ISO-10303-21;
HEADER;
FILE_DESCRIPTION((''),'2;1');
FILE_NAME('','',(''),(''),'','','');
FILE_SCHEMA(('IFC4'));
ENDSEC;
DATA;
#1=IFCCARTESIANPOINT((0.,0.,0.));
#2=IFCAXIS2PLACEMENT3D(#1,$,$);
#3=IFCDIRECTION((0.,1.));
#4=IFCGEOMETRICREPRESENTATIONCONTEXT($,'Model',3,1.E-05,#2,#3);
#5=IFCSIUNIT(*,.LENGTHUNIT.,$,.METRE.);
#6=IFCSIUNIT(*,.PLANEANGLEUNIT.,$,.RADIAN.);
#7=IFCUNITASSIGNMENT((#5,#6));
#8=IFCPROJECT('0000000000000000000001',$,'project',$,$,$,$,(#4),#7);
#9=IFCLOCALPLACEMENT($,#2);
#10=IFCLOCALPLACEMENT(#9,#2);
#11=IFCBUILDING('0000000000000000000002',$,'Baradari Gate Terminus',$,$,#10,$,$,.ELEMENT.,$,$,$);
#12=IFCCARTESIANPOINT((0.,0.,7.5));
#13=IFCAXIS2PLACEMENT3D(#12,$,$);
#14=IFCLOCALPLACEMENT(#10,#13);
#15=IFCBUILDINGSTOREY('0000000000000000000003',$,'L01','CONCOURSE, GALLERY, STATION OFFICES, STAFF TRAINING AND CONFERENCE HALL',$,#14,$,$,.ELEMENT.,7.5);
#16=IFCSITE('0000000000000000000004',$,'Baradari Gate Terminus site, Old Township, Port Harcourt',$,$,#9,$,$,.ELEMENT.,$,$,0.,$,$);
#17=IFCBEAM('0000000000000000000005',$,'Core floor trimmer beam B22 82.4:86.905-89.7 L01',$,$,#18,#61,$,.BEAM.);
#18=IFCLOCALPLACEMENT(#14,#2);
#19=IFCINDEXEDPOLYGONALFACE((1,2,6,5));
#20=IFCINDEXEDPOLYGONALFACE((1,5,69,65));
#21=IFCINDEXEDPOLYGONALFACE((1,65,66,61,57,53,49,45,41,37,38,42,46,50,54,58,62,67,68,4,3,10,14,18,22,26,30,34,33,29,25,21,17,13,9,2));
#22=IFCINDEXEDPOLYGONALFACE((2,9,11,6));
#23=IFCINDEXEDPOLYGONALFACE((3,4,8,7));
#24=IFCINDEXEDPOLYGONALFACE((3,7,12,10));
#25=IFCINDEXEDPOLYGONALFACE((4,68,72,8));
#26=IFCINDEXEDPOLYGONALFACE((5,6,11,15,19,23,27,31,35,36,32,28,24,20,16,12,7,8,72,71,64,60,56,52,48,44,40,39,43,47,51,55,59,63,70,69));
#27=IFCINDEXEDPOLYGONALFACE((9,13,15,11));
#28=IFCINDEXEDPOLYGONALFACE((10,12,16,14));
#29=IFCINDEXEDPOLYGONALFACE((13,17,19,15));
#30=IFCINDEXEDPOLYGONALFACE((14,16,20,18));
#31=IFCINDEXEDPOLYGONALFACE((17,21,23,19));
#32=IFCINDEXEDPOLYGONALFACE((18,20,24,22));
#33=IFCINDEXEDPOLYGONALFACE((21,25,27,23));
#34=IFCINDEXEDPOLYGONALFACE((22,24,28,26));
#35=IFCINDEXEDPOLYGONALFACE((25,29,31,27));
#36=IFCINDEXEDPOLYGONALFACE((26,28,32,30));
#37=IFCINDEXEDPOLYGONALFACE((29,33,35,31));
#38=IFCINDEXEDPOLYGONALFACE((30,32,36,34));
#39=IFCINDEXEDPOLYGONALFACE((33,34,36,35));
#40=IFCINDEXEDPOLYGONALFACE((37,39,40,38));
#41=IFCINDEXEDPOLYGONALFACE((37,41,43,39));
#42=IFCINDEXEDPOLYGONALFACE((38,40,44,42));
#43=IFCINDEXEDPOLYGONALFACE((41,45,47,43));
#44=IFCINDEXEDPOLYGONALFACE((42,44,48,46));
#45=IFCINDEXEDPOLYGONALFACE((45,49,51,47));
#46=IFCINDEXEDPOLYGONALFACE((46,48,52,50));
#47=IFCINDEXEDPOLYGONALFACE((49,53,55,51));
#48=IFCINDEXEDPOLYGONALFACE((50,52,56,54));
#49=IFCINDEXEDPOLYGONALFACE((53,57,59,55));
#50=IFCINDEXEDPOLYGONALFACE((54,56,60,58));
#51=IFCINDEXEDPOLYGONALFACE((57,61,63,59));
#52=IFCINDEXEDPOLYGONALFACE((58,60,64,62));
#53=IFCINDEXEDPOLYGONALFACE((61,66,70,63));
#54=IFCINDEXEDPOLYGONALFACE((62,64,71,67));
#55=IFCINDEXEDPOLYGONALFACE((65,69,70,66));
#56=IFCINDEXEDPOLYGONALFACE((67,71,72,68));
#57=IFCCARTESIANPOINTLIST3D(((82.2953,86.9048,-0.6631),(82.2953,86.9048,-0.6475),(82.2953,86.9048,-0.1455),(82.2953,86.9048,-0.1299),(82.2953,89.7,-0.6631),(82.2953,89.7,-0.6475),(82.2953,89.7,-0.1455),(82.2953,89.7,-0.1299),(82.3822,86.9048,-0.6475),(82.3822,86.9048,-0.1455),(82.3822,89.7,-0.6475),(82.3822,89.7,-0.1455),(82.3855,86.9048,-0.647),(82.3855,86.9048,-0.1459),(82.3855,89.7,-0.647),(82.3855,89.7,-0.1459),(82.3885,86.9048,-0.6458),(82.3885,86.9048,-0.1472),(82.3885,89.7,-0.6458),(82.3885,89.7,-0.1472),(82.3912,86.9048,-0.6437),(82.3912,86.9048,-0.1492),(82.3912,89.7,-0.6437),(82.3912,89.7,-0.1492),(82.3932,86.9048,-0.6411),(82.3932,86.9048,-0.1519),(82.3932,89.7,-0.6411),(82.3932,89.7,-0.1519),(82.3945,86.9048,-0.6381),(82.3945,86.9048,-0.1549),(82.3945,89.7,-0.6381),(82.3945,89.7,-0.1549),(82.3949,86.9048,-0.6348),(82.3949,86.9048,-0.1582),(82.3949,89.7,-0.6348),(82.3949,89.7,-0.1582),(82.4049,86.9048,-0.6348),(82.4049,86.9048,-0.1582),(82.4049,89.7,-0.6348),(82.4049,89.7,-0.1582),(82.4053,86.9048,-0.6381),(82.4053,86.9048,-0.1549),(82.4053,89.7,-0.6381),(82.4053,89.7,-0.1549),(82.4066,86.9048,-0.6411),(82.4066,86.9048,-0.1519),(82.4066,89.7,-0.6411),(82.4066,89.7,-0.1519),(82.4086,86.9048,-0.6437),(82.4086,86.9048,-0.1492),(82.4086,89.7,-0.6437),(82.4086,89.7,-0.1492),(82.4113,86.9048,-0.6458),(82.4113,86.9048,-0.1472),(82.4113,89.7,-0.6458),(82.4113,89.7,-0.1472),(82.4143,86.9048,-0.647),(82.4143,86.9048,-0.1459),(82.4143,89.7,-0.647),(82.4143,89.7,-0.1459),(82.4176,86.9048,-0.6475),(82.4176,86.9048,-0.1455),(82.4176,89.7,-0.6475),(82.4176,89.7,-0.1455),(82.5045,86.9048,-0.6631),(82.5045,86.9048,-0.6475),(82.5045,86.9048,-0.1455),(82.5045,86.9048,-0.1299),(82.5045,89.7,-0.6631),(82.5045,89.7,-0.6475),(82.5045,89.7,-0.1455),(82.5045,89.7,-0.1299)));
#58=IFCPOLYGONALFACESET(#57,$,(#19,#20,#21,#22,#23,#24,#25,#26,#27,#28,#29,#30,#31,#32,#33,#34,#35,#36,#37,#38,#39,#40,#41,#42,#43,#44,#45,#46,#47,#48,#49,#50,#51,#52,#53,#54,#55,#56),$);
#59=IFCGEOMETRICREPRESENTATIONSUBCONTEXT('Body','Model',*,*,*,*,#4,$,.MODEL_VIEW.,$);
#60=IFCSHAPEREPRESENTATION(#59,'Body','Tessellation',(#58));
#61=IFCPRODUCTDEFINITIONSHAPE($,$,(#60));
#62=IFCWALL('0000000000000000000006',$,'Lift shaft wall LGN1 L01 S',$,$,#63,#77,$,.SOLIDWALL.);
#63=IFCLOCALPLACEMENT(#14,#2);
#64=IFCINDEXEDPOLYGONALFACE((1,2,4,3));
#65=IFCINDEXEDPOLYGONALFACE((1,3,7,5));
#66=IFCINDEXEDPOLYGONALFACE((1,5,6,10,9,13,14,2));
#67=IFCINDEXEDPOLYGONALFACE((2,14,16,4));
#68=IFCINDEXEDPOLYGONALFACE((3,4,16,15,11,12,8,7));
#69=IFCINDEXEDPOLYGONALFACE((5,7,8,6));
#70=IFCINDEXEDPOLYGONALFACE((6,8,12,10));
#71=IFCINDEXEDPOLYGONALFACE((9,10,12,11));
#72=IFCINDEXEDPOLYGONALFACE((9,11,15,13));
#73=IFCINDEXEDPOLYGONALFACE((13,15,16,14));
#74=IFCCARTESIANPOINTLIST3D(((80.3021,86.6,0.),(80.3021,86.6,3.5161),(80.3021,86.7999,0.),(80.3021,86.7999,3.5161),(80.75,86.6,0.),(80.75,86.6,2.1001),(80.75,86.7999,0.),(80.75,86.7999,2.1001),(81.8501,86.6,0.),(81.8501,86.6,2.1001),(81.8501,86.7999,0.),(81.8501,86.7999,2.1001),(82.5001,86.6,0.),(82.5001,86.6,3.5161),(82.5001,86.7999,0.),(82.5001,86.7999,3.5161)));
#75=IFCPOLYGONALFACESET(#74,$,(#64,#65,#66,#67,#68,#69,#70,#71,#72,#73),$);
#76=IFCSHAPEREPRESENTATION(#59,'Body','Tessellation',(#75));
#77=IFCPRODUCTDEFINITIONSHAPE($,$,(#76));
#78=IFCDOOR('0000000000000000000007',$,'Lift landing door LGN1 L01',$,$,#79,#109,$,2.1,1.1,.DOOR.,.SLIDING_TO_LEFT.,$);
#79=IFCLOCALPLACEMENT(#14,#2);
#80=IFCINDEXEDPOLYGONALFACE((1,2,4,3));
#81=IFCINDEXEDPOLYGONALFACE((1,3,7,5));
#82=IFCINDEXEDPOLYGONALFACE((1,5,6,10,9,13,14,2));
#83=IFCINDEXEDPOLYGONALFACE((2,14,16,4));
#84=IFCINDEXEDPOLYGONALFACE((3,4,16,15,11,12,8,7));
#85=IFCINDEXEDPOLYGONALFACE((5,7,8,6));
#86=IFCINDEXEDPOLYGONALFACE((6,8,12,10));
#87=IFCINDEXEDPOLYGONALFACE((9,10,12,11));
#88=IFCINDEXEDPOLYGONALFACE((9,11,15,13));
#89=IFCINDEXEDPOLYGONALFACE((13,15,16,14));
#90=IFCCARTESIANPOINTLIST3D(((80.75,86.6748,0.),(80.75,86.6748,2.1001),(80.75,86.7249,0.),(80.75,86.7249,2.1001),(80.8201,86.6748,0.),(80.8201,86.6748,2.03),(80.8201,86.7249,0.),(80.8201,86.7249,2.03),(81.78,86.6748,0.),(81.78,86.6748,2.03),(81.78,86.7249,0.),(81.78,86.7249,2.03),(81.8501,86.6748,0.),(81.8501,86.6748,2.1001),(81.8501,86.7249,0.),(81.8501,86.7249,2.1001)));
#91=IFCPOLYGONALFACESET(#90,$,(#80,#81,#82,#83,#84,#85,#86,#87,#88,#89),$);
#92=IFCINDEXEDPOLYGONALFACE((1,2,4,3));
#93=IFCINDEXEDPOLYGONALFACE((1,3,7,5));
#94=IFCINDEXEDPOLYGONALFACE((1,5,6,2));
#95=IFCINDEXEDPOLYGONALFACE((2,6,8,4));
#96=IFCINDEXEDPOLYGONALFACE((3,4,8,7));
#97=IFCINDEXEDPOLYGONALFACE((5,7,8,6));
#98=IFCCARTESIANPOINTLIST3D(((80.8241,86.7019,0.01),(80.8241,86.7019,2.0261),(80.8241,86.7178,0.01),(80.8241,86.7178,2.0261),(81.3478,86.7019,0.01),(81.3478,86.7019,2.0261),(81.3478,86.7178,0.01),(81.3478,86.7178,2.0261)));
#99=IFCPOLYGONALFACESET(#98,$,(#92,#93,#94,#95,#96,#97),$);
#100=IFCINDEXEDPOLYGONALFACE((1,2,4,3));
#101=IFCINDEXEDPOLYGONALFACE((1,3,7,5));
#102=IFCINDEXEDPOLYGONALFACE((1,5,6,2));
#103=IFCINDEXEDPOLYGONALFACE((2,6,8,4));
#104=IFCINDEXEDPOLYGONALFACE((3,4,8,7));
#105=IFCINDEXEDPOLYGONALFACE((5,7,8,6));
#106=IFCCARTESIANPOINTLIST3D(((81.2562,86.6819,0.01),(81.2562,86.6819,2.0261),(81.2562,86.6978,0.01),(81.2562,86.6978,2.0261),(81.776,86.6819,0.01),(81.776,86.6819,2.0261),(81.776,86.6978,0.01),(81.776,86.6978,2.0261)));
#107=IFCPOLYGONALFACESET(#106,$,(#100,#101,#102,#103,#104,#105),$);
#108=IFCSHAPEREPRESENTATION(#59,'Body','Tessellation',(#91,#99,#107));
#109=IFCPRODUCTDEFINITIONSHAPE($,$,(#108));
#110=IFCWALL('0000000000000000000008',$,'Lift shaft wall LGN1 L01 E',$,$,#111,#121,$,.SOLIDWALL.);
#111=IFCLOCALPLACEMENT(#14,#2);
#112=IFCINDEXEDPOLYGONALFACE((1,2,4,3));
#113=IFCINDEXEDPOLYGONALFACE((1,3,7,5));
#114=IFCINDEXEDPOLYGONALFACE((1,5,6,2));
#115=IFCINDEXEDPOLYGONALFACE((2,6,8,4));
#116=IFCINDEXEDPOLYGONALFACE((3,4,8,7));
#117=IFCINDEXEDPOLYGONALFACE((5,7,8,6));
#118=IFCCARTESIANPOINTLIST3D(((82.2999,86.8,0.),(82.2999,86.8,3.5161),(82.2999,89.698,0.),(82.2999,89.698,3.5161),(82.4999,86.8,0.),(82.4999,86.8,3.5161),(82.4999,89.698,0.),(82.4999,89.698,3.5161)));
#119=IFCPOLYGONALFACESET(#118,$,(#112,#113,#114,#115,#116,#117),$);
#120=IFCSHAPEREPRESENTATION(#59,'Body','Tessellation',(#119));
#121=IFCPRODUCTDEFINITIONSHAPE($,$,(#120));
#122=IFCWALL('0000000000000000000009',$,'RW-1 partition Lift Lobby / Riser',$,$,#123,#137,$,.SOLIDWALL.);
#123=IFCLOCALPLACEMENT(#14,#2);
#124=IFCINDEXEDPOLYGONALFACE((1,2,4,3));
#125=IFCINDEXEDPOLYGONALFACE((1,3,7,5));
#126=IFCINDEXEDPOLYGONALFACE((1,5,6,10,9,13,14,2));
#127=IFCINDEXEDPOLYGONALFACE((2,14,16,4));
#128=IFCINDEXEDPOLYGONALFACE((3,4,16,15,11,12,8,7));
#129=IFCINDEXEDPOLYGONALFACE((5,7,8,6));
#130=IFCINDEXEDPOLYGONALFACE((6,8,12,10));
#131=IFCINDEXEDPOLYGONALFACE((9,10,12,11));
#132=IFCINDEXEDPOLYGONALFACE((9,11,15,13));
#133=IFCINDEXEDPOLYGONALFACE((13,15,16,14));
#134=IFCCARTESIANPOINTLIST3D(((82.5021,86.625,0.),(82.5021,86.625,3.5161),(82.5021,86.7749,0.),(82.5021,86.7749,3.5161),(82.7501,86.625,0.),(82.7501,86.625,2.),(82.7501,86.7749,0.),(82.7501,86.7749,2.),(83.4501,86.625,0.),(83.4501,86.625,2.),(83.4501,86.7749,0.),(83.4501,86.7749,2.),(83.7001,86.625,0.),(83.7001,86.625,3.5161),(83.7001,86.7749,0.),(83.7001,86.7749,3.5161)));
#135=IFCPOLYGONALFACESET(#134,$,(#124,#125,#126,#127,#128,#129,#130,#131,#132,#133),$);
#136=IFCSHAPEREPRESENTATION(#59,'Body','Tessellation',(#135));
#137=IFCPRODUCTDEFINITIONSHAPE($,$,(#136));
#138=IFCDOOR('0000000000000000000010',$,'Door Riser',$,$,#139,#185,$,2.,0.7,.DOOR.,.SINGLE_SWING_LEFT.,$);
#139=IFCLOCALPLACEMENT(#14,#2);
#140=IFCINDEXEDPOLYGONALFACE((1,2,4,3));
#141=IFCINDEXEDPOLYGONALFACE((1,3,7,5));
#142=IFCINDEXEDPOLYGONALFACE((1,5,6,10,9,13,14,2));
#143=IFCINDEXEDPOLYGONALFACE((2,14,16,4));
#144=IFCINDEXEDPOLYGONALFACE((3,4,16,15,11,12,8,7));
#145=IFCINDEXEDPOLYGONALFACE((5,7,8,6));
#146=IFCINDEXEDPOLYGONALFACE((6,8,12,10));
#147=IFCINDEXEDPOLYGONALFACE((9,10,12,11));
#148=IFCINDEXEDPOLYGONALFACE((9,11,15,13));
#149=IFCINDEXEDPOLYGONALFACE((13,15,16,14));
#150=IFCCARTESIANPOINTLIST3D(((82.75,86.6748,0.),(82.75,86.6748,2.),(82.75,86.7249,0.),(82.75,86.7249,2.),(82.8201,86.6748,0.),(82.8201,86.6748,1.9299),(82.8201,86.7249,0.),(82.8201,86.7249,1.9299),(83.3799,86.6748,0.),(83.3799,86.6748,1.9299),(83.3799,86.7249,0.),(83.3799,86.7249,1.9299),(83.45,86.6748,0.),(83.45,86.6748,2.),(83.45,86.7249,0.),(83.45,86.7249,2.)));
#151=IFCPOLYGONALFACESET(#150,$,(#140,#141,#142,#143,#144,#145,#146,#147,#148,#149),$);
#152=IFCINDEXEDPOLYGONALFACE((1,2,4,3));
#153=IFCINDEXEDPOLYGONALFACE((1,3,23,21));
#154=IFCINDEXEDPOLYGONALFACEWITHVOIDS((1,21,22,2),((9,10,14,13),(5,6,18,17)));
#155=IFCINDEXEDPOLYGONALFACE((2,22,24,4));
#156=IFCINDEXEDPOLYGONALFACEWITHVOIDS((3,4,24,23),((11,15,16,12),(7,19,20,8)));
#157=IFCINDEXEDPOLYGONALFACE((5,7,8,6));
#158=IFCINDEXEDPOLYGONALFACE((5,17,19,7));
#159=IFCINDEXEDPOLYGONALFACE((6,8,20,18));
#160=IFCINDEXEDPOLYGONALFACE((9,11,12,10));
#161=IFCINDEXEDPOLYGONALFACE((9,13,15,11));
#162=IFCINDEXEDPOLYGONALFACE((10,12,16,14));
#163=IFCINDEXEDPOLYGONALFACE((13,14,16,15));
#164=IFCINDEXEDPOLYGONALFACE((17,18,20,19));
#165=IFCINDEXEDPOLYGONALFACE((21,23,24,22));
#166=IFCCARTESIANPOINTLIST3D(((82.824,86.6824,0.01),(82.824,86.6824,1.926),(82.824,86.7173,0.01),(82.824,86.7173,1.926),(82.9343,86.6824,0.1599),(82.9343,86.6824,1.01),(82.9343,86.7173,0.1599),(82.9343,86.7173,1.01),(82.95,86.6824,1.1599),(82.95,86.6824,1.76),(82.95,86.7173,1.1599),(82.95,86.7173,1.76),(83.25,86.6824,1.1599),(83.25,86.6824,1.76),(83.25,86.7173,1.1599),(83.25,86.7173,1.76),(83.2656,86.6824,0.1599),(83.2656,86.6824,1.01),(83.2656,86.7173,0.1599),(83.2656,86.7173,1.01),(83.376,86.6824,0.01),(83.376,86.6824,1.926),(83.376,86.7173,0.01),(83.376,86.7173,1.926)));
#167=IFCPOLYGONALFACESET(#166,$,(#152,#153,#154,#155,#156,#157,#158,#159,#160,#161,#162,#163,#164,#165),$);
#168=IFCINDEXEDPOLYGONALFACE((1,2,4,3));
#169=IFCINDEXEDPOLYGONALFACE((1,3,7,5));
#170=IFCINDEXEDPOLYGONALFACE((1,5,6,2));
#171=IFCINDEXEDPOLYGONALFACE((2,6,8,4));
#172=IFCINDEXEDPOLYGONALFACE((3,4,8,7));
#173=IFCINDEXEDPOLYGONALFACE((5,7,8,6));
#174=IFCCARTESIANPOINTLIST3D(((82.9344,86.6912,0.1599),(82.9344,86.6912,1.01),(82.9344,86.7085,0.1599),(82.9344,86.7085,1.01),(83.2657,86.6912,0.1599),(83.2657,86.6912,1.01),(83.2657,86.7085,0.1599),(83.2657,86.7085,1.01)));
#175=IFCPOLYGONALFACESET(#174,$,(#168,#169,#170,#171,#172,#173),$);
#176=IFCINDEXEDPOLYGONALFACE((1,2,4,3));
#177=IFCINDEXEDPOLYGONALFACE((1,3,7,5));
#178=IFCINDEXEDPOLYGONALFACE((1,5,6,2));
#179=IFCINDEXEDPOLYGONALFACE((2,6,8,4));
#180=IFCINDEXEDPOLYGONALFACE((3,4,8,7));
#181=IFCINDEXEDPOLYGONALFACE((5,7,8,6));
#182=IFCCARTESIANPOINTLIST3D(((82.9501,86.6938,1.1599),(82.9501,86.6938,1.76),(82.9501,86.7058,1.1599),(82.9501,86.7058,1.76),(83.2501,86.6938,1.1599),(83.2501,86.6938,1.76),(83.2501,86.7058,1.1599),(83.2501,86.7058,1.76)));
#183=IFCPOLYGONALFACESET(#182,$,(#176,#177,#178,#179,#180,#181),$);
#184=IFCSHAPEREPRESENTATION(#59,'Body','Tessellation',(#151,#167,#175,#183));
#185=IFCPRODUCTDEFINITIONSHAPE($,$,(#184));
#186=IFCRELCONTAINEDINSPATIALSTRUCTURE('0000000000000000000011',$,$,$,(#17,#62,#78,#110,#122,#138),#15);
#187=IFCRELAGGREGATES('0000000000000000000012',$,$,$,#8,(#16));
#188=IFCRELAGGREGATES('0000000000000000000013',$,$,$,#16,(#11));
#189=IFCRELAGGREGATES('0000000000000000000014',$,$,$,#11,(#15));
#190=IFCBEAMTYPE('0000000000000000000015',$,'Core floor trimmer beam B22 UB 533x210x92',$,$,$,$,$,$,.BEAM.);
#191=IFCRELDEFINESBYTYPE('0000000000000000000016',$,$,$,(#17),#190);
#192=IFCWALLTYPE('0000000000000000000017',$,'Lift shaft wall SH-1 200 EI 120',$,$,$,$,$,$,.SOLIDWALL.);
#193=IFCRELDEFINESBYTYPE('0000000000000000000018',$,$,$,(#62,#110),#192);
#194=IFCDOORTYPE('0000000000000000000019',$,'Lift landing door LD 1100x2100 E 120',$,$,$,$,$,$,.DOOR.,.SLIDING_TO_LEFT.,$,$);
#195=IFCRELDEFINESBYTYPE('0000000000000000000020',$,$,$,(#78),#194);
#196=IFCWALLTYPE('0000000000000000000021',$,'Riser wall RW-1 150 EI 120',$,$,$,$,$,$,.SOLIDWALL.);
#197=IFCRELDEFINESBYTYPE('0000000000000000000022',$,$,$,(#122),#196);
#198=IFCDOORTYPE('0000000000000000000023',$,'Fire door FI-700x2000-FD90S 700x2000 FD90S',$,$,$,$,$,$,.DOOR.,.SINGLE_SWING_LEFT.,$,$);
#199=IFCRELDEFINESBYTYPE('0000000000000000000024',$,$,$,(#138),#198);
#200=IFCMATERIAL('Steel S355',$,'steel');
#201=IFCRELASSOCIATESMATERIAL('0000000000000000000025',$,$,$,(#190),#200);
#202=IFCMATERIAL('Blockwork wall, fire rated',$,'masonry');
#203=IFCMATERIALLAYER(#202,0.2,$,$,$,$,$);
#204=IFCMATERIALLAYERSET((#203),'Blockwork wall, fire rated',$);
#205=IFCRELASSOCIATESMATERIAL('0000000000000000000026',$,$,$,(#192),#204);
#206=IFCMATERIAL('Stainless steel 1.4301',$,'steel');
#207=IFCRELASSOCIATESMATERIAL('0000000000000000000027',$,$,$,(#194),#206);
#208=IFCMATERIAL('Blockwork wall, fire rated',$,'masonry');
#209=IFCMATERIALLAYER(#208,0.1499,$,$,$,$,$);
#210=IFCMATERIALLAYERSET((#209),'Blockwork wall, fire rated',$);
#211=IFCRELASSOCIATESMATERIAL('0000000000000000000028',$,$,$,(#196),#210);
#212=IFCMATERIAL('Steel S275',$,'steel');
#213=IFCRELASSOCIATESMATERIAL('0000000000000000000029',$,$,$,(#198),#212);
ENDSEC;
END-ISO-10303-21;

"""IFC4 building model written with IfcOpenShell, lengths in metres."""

from ifc_helpers import new_model, si_unit, direction, frame, frame_2d, origin, origin_2d, place, context, subcontext, project, spatial, polyline, rectangle, i_section, outline, extrude, material, layer, layer_set, material_profile, profile_set, type_object, element, fill, save


model = new_model("IFC4")

# Units and contexts
model_context = context("Model", 3, precision=1e-05, world=origin(), true_north=direction((0.0, 1.0)))
body_context = subcontext(model_context, "Body", "Model", "MODEL_VIEW")
ifc_project = project(units=[si_unit("LENGTHUNIT", "METRE"), si_unit("PLANEANGLEUNIT", "RADIAN")], contexts=[model_context])

# Site, building, storey
site_placement = place(None, origin())
site = spatial("IfcSite", under=ifc_project, at=site_placement, Name="Baradari Gate Terminus site, Old Township, Port Harcourt", CompositionType="ELEMENT", RefElevation=0.0)
building_placement = place(site_placement, origin())
building = spatial("IfcBuilding", under=site, at=building_placement, Name="Baradari Gate Terminus", CompositionType="ELEMENT")
storey_placement = place(building_placement, frame((0.0, 0.0, 7.5)))
storey = spatial("IfcBuildingStorey", under=building, at=storey_placement, Name="L01", Description="CONCOURSE, GALLERY, STATION OFFICES, STAFF TRAINING AND CONFERENCE HALL", CompositionType="ELEMENT", Elevation=7.5)

# Beam
ifc_material_1 = material(Name="Steel S355", Category="steel")
ifc_material_profile_1 = material_profile(ifc_material_1, i_section(OverallWidth=0.2092, OverallDepth=0.5332, WebThickness=0.01, FlangeThickness=0.0156, FilletRadius=0.0127, at=origin_2d()), Name="UB 533x210x92")
ifc_profile_set_1 = profile_set([ifc_material_profile_1], Name="Steel S355")
beam_type_1 = type_object("IfcBeamType", Name="Core floor trimmer beam B22 UB 533x210x92", PredefinedType="BEAM", material=ifc_profile_set_1)
beam_1_placement = place(storey_placement, frame((82.3999, 86.9048, -0.3965), z_axis=(0.0, 1.0, 0.0), x_axis=(-1.0, 0.0, 0.0)))
element("IfcBeam", 1, at=beam_1_placement, inside=storey, type_object=beam_type_1, Name="Core floor trimmer beam B22 82.4:86.905-89.7 L01", PredefinedType="BEAM", context=body_context, shape_type="SweptSolid", body=[
    extrude(i_section(OverallWidth=0.2092, OverallDepth=0.5332, WebThickness=0.01, FlangeThickness=0.0156, FilletRadius=0.0127, at=origin_2d()), origin(), (0.0, 0.0, 1.0), 2.7952),
])

# Wall, opening, door
ifc_material_2 = material(Name="Blockwork wall, fire rated", Category="masonry")
ifc_layer_1 = layer(ifc_material_2, 0.2)
ifc_layer_set_1 = layer_set([ifc_layer_1], Name="Blockwork wall, fire rated")
wall_type_1 = type_object("IfcWallType", Name="Lift shaft wall SH-1 200 EI 120", PredefinedType="SOLIDWALL", material=ifc_layer_set_1)
wall_1_placement = place(storey_placement, frame((80.302, 86.7, 0.0), z_axis=(0.0, 0.0, 1.0), x_axis=(1.0, 0.0, 0.0)))
wall_1 = element("IfcWall", 2, at=wall_1_placement, inside=storey, type_object=wall_type_1, Name="Lift shaft wall LGN1 L01 S", PredefinedType="SOLIDWALL", context=body_context, shape_type="SweptSolid", body=[
    extrude(rectangle(XDim=2.198, YDim=0.2, at=frame_2d((1.0991, 0.0))), origin(), (0.0, 0.0, 1.0), 3.5161),
])
opening_1_placement = place(wall_1_placement, frame((0.448, 0.0, 0.0)))
opening_1 = element("IfcOpeningElement", 3, at=opening_1_placement, cuts=wall_1, PredefinedType="OPENING", context=body_context, shape_type="SweptSolid", body=[
    extrude(rectangle(XDim=1.1001, YDim=2.1001, at=frame_2d((0.55, 1.05))), frame((0.0, 0.1099, 0.0), z_axis=(0.0, -1.0, 0.0), x_axis=(1.0, 0.0, 0.0)), (0.0, 0.0, 1.0), 0.22),
])
ifc_material_3 = material(Name="Stainless steel 1.4301", Category="steel")
door_type_1 = type_object("IfcDoorType", Name="Lift landing door LD 1100x2100 E 120", OperationType="SLIDING_TO_LEFT", PredefinedType="DOOR", material=ifc_material_3)
door_1_placement = place(opening_1_placement, origin())
door_1 = element("IfcDoor", 4, at=door_1_placement, inside=storey, type_object=door_type_1, Name="Lift landing door LGN1 L01", OperationType="SLIDING_TO_LEFT", OverallHeight=2.1, OverallWidth=1.1, PredefinedType="DOOR", context=body_context, shape_type="SweptSolid", body=[
    extrude(outline(polyline([(0.0, 0.0), (0.0701, 0.0), (0.0701, 2.03), (1.03, 2.03), (1.03, 0.0), (1.1001, 0.0), (1.1001, 2.1001), (0.0, 2.1001), (0.0, 0.0)])), frame((0.0, 0.0249, 0.0), z_axis=(0.0, -1.0, 0.0), x_axis=(1.0, 0.0, 0.0)), (0.0, 0.0, 1.0), 0.05),
    extrude(rectangle(XDim=0.5237, YDim=2.0161, at=frame_2d((0.3359, 1.0181))), frame((0.0, 0.0178, 0.0), z_axis=(0.0, -1.0, 0.0), x_axis=(1.0, 0.0, 0.0)), (0.0, 0.0, 1.0), 0.0159),
    extrude(rectangle(XDim=0.5198, YDim=2.0161, at=frame_2d((0.7661, 1.0181))), frame((0.0, -0.0022, 0.0), z_axis=(0.0, -1.0, 0.0), x_axis=(1.0, 0.0, 0.0)), (0.0, 0.0, 1.0), 0.0159),
])
fill(opening_1, door_1)

# Wall
wall_2_placement = place(storey_placement, frame((82.3999, 86.8, 0.0), z_axis=(0.0, 0.0, 1.0), x_axis=(0.0, 1.0, 0.0)))
element("IfcWall", 5, at=wall_2_placement, inside=storey, type_object=wall_type_1, Name="Lift shaft wall LGN1 L01 E", PredefinedType="SOLIDWALL", context=body_context, shape_type="SweptSolid", body=[
    extrude(rectangle(XDim=2.8979, YDim=0.2, at=frame_2d((1.449, 0.0))), origin(), (0.0, 0.0, 1.0), 3.5161),
])

# Wall, opening, door
ifc_material_4 = material(Name="Blockwork wall, fire rated", Category="masonry")
ifc_layer_2 = layer(ifc_material_4, 0.1499)
ifc_layer_set_2 = layer_set([ifc_layer_2], Name="Blockwork wall, fire rated")
wall_type_2 = type_object("IfcWallType", Name="Riser wall RW-1 150 EI 120", PredefinedType="SOLIDWALL", material=ifc_layer_set_2)
wall_3_placement = place(storey_placement, frame((82.502, 86.7, 0.0), z_axis=(0.0, 0.0, 1.0), x_axis=(1.0, 0.0, 0.0)))
wall_3 = element("IfcWall", 6, at=wall_3_placement, inside=storey, type_object=wall_type_2, Name="RW-1 partition Lift Lobby / Riser", PredefinedType="SOLIDWALL", context=body_context, shape_type="SweptSolid", body=[
    extrude(rectangle(XDim=1.198, YDim=0.1499, at=frame_2d((0.5991, 0.0))), origin(), (0.0, 0.0, 1.0), 3.5161),
])
opening_2_placement = place(wall_3_placement, frame((0.248, 0.0, 0.0)))
opening_2 = element("IfcOpeningElement", 7, at=opening_2_placement, cuts=wall_3, PredefinedType="OPENING", context=body_context, shape_type="SweptSolid", body=[
    extrude(rectangle(XDim=0.7, YDim=2.0, at=frame_2d((0.3501, 1.0))), frame((0.0, 0.085, 0.0), z_axis=(0.0, -1.0, 0.0), x_axis=(1.0, 0.0, 0.0)), (0.0, 0.0, 1.0), 0.1699),
])
ifc_material_5 = material(Name="Steel S275", Category="steel")
door_type_2 = type_object("IfcDoorType", Name="Fire door FI-700x2000-FD90S 700x2000 FD90S", OperationType="SINGLE_SWING_LEFT", PredefinedType="DOOR", material=ifc_material_5)
door_2_placement = place(opening_2_placement, origin())
door_2 = element("IfcDoor", 8, at=door_2_placement, inside=storey, type_object=door_type_2, Name="Door Riser", OperationType="SINGLE_SWING_LEFT", OverallHeight=2.0, OverallWidth=0.7, PredefinedType="DOOR", context=body_context, shape_type="SweptSolid", body=[
    extrude(outline(polyline([(0.0, 0.0), (0.0701, 0.0), (0.0701, 1.9299), (0.6299, 1.9299), (0.6299, 0.0), (0.7, 0.0), (0.7, 2.0), (0.0, 2.0), (0.0, 0.0)])), frame((0.0, 0.0249, 0.0), z_axis=(0.0, -1.0, 0.0), x_axis=(1.0, 0.0, 0.0)), (0.0, 0.0, 1.0), 0.05),
    extrude(outline(polyline([(0.074, 0.01), (0.626, 0.01), (0.626, 1.926), (0.074, 1.926), (0.074, 0.01)]), holes=[polyline([(0.1843, 0.1599), (0.5156, 0.1599), (0.5156, 1.01), (0.1843, 1.01), (0.1843, 0.1599)]), polyline([(0.2, 1.1599), (0.5, 1.1599), (0.5, 1.76), (0.2, 1.76), (0.2, 1.1599)])]), frame((0.0, 0.0173, 0.0), z_axis=(0.0, -1.0, 0.0), x_axis=(1.0, 0.0, 0.0)), (0.0, 0.0, 1.0), 0.0349),
    extrude(rectangle(XDim=0.3313, YDim=0.8501, at=frame_2d((0.3501, 0.585))), frame((0.0, 0.0085, 0.0), z_axis=(0.0, -1.0, 0.0), x_axis=(1.0, 0.0, 0.0)), (0.0, 0.0, 1.0), 0.0173),
    extrude(rectangle(XDim=0.3, YDim=0.6001, at=frame_2d((0.3501, 1.46))), frame((0.0, 0.0059, 0.0), z_axis=(0.0, -1.0, 0.0), x_axis=(1.0, 0.0, 0.0)), (0.0, 0.0, 1.0), 0.012),
])
fill(opening_2, door_2)

save(model, "model.ifc")
